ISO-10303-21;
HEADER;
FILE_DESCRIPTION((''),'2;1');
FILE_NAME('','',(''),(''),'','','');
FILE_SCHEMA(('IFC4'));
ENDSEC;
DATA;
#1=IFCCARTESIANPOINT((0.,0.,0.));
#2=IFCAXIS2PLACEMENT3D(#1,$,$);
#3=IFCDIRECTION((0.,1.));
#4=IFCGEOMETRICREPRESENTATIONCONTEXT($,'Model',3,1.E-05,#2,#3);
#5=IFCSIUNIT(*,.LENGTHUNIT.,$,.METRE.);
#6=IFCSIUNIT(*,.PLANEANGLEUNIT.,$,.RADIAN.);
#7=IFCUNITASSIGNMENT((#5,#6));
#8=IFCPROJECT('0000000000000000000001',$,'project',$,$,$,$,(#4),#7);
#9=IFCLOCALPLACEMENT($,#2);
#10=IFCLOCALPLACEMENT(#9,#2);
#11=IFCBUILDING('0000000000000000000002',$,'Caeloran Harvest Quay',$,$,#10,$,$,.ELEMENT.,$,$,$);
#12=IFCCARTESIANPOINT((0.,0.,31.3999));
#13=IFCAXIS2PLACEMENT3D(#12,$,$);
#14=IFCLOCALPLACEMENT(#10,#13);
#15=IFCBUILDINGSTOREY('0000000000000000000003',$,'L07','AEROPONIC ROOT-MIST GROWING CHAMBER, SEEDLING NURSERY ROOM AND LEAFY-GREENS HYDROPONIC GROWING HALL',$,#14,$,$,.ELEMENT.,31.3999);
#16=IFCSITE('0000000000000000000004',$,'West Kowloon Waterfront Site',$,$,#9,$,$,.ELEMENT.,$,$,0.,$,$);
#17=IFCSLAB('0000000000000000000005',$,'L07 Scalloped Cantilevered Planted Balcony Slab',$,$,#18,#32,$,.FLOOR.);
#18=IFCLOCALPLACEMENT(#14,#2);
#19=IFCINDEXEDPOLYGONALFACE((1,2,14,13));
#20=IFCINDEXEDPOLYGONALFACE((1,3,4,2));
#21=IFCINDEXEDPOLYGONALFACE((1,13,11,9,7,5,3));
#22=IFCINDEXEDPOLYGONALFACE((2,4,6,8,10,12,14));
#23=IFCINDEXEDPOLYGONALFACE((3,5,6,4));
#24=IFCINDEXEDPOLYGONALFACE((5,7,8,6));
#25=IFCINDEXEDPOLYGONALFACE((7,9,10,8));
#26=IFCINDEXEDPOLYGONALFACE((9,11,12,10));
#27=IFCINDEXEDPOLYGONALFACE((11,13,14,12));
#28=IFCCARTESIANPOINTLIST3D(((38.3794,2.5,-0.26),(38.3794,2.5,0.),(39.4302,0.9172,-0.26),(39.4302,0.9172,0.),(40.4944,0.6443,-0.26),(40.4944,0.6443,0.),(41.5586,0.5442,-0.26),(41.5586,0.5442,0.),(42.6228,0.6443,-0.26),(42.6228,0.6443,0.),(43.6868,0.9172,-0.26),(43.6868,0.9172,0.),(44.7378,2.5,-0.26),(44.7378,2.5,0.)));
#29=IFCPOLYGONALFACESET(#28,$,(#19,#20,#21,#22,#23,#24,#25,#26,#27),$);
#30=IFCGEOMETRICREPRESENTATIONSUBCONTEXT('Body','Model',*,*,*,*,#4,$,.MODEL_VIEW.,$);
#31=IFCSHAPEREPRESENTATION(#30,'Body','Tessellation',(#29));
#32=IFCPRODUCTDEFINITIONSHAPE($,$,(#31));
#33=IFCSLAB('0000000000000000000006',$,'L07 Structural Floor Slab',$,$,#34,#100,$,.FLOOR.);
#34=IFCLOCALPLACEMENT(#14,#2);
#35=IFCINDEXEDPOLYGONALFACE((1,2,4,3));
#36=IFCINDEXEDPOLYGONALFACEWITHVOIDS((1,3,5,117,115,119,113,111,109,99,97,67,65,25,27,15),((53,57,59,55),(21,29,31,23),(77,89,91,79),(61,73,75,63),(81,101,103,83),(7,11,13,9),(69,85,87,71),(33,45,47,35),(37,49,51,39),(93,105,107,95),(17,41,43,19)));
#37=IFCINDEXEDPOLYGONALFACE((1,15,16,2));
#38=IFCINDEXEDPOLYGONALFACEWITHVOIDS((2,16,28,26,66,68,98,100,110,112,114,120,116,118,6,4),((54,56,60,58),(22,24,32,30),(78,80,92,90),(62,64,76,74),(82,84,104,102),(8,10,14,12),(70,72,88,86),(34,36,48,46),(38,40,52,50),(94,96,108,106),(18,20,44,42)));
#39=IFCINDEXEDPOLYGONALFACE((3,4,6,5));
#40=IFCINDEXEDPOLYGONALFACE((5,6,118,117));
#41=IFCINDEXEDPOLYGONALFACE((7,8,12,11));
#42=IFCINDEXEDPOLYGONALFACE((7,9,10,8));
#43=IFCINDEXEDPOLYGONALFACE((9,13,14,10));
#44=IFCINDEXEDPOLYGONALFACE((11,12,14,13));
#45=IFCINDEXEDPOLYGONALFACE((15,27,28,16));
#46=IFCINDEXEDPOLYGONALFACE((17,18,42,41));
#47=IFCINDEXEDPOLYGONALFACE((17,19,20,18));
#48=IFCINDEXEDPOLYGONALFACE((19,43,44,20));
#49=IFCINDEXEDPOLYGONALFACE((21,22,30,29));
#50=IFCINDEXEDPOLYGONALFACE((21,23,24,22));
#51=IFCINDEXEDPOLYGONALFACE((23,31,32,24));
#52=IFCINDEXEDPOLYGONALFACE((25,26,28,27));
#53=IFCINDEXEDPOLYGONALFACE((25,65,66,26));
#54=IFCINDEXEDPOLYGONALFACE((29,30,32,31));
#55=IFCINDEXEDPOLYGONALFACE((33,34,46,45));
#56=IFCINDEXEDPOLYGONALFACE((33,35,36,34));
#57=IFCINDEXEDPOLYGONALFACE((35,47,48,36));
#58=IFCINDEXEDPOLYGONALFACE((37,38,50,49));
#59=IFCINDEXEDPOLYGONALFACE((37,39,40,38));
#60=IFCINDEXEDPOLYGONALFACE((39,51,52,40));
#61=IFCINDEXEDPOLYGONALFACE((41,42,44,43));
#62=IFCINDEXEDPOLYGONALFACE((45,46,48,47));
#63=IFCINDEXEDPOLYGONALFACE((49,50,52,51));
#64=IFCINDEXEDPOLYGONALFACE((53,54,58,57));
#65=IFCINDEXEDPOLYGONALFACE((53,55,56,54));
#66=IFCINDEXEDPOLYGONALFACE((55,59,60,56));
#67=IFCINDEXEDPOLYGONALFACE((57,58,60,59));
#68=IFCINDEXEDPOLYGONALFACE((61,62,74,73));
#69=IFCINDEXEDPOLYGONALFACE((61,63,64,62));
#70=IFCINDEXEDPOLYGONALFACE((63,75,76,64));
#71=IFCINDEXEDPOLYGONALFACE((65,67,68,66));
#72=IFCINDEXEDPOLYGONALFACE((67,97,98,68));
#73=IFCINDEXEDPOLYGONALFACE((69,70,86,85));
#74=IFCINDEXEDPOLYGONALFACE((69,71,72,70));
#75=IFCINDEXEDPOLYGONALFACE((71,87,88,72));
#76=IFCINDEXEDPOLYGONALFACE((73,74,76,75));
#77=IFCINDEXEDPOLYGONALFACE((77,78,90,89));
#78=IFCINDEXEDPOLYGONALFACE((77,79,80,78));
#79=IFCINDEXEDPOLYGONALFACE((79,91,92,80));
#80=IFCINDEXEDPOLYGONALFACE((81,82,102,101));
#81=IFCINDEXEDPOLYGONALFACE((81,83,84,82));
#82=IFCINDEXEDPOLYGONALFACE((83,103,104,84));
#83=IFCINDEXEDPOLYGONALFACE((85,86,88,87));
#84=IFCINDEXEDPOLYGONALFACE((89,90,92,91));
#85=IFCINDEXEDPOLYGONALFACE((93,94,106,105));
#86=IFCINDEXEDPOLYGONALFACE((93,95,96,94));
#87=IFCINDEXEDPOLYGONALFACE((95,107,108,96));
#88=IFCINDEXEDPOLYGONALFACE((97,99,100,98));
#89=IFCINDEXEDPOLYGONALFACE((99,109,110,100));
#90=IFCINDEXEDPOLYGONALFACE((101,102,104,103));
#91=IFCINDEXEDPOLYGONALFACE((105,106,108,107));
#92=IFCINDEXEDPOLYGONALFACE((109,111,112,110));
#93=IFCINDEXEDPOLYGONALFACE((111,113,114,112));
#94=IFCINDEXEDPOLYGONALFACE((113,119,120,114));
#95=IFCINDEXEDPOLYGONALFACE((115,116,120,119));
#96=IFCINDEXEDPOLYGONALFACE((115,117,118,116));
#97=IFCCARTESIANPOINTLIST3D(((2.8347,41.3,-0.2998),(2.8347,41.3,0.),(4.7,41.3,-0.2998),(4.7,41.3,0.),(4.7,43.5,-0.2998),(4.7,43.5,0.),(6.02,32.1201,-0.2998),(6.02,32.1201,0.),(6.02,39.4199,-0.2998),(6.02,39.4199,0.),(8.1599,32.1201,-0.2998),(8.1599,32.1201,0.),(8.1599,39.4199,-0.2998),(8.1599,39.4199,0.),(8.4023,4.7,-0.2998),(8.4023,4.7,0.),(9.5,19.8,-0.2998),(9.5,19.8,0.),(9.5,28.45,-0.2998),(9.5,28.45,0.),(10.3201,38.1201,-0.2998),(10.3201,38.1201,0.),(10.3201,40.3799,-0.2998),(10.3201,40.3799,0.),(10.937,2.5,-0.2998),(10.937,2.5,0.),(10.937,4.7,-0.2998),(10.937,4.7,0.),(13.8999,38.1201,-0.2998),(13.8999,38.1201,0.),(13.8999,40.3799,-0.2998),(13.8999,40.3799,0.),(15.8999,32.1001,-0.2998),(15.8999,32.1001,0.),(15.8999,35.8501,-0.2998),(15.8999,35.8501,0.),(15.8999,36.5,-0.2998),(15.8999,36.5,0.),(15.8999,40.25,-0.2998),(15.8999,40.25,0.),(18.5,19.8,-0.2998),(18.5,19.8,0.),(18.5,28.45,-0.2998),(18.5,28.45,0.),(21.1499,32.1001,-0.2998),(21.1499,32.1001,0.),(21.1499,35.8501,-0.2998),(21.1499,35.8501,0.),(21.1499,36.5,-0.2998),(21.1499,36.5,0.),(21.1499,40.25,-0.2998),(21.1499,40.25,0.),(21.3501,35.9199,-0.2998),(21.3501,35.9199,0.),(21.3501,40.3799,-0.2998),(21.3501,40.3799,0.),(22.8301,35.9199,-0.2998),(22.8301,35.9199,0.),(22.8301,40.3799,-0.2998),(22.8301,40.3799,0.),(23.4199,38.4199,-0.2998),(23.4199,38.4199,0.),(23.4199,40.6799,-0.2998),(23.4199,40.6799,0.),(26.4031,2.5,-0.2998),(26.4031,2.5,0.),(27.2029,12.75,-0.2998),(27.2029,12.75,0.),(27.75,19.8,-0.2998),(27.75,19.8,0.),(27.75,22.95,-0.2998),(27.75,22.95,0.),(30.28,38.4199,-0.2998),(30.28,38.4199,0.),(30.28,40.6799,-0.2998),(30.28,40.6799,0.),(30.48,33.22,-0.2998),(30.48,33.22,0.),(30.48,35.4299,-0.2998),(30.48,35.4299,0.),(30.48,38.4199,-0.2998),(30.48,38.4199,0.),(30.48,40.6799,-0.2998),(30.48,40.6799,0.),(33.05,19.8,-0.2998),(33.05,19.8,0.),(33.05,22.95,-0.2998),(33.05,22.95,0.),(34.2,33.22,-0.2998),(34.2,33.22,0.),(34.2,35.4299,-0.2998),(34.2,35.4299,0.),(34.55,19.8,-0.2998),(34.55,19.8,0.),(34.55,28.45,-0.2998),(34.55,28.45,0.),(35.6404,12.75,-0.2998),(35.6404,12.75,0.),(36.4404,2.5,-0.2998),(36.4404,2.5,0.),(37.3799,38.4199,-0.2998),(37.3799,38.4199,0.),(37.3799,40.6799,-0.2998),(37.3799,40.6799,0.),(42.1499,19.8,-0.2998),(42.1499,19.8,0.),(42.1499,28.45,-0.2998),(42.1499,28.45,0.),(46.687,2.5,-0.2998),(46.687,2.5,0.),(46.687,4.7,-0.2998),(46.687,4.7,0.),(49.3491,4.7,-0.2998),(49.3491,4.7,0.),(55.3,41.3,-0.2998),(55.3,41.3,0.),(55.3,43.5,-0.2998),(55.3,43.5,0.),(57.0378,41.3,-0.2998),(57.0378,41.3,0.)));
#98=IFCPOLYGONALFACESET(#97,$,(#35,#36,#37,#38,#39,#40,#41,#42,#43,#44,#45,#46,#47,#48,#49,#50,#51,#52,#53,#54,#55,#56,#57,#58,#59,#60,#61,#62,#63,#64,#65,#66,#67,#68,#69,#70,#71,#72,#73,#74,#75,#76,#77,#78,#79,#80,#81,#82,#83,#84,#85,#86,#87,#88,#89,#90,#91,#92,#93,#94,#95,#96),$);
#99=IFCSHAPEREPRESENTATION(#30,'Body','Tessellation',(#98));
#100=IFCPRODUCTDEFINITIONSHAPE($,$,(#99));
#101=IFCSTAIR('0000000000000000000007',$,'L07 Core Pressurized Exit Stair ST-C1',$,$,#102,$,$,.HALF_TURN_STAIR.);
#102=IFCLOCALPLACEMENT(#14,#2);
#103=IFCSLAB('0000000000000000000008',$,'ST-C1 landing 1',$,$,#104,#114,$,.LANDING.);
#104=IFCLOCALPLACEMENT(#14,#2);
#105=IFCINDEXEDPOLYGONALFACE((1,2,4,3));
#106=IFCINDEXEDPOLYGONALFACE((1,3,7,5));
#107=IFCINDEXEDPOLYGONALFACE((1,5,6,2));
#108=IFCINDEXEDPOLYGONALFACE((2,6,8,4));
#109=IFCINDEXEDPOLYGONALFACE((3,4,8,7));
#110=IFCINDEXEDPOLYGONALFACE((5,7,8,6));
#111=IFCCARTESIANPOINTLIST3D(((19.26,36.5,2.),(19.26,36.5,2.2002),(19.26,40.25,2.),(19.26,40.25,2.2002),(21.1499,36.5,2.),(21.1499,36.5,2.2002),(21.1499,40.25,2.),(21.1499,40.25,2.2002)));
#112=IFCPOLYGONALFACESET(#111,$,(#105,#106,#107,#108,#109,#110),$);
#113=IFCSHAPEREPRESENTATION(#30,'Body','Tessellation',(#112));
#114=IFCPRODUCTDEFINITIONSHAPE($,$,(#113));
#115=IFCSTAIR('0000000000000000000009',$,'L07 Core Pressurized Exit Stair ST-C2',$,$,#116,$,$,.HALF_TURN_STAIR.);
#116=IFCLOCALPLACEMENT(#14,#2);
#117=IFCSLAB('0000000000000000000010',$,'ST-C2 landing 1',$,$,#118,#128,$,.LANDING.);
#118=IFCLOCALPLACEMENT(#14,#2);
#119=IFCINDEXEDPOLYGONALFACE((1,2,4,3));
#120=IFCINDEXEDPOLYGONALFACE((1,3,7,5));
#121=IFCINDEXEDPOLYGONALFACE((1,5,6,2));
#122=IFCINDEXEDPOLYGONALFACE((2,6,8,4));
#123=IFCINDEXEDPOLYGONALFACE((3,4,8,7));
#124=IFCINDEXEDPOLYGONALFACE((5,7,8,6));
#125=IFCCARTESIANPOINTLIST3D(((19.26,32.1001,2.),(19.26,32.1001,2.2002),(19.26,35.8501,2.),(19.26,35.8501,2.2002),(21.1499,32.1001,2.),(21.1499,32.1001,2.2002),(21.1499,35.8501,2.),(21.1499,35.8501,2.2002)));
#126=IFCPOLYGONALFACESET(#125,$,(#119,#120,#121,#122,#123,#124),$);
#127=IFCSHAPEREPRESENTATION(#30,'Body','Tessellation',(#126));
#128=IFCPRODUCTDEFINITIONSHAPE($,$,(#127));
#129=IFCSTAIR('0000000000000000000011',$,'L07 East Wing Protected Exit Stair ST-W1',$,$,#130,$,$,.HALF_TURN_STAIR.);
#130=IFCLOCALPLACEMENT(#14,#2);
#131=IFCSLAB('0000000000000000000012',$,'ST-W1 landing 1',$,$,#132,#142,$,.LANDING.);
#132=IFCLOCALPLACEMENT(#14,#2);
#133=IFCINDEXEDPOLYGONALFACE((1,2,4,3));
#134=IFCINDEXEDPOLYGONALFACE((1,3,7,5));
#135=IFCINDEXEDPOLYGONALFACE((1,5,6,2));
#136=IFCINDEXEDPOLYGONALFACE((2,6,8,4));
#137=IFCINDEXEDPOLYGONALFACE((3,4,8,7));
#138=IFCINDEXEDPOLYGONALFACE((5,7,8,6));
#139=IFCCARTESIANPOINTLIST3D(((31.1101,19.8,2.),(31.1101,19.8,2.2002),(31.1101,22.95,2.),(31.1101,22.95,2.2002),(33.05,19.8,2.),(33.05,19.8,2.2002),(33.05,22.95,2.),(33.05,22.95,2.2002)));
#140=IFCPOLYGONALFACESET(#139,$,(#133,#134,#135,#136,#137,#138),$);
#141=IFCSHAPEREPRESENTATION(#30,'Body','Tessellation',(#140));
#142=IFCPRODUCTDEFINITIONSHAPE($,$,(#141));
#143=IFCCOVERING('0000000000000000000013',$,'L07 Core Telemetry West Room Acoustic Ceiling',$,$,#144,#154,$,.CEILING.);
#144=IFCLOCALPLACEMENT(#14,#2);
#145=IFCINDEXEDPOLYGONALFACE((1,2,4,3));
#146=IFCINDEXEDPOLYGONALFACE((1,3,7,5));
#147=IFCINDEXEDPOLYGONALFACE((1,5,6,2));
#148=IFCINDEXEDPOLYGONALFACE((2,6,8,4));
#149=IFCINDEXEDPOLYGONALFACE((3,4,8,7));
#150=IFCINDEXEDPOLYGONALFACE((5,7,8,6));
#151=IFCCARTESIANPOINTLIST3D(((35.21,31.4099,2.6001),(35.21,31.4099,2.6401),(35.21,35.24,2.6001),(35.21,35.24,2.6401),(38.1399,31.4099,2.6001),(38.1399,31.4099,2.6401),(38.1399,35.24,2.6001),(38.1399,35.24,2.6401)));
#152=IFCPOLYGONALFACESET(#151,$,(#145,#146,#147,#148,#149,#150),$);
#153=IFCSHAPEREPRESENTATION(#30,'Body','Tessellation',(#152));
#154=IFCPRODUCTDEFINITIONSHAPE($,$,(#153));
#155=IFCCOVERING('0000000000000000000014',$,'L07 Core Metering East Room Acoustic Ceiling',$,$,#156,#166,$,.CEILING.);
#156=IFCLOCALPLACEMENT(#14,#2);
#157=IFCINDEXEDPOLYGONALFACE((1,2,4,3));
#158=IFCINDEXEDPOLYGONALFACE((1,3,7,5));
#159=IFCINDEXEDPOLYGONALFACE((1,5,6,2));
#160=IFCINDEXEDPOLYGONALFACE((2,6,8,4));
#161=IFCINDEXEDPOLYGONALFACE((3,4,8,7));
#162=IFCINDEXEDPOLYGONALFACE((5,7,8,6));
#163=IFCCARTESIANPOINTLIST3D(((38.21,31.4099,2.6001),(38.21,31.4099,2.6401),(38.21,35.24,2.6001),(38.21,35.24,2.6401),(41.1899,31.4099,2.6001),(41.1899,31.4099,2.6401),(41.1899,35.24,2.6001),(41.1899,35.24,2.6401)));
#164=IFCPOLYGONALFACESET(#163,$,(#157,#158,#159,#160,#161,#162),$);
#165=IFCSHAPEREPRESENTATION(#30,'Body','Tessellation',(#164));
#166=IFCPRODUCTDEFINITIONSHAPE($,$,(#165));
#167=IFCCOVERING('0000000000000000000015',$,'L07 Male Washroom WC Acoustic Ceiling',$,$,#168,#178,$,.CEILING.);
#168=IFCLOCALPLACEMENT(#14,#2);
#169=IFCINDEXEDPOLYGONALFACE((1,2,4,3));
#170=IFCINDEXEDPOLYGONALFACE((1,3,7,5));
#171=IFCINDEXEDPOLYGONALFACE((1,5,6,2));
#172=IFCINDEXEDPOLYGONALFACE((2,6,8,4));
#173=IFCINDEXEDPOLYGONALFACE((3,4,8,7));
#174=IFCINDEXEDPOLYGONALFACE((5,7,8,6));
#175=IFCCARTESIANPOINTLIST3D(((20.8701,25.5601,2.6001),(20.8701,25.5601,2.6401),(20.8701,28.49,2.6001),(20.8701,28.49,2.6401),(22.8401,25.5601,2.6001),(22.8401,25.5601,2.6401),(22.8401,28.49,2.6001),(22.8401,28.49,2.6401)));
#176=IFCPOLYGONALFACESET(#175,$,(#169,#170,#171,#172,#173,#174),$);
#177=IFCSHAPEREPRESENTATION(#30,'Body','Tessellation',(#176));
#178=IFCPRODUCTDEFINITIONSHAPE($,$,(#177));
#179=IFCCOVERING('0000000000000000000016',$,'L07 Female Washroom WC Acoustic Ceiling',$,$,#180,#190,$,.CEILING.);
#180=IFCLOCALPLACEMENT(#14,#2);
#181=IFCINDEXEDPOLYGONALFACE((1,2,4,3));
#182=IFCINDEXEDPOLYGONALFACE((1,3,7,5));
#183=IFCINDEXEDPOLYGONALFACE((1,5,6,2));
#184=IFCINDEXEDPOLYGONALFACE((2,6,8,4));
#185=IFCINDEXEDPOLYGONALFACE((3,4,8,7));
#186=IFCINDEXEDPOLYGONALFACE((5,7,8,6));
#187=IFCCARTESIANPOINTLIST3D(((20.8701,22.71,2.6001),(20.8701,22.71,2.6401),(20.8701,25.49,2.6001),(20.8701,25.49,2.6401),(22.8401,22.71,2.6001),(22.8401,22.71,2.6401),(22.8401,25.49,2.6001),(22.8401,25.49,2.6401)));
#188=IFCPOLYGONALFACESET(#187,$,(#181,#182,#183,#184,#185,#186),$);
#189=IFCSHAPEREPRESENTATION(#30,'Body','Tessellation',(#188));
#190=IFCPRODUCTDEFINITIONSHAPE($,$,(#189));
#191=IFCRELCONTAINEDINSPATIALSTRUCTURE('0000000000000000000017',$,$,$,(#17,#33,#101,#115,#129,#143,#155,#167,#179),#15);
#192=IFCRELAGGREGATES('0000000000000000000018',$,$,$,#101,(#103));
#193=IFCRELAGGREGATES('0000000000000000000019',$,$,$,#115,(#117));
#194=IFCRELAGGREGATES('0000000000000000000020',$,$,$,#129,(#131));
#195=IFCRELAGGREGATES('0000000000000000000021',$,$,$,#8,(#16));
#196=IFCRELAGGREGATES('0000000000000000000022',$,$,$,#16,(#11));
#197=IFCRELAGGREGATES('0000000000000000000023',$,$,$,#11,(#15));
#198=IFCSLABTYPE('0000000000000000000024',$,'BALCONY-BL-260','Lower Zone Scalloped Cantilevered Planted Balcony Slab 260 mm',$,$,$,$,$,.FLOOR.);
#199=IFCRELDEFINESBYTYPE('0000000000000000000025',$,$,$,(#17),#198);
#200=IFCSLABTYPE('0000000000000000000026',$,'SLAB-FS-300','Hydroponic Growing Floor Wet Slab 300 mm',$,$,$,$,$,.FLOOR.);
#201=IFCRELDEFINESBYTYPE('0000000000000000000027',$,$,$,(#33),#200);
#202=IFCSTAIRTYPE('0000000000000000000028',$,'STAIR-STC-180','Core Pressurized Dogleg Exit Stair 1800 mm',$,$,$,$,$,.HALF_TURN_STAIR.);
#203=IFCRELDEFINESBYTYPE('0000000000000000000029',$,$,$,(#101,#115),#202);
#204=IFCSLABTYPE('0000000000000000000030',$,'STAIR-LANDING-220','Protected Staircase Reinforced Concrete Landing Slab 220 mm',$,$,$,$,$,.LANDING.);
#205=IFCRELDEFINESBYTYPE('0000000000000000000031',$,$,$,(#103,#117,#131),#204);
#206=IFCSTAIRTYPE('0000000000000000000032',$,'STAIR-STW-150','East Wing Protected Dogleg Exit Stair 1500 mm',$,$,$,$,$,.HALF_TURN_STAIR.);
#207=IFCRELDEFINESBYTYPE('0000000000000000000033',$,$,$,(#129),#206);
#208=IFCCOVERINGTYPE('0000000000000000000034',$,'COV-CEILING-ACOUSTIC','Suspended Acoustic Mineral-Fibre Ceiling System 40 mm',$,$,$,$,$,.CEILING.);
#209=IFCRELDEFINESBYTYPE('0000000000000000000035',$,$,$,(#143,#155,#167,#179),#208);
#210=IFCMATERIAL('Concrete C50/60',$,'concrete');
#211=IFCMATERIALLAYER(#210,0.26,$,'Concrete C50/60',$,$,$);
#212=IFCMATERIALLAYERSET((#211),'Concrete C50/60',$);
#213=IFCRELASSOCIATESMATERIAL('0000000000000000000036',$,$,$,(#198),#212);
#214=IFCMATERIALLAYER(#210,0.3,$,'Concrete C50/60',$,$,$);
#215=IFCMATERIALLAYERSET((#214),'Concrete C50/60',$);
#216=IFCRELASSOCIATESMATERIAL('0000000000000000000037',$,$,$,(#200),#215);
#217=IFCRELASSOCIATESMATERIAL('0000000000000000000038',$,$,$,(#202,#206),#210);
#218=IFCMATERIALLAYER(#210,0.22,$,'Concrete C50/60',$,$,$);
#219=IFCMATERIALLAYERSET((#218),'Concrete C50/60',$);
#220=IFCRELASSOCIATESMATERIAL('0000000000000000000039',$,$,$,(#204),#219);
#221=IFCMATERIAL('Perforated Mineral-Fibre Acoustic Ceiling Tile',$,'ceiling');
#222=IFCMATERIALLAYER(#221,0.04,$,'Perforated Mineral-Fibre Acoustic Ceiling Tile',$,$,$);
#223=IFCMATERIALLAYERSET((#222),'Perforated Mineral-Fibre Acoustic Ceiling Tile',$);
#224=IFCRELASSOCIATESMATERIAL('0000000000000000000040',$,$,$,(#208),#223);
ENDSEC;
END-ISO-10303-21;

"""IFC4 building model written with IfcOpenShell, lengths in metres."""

from ifc_helpers import new_model, si_unit, direction, frame, origin, place, context, subcontext, project, spatial, polyline, outline, extrude, material, layer, layer_set, type_object, element, aggregate, save


model = new_model("IFC4")

# Units and contexts
model_context = context("Model", 3, precision=1e-05, world=origin(), true_north=direction((0.0, 1.0)))
body_context = subcontext(model_context, "Body", "Model", "MODEL_VIEW")
ifc_project = project(units=[si_unit("LENGTHUNIT", "METRE"), si_unit("PLANEANGLEUNIT", "RADIAN")], contexts=[model_context])

# Site, building, storey
site_placement = place(None, origin())
site = spatial("IfcSite", under=ifc_project, at=site_placement, Name="West Kowloon Waterfront Site", CompositionType="ELEMENT", RefElevation=0.0)
building_placement = place(site_placement, origin())
building = spatial("IfcBuilding", under=site, at=building_placement, Name="Caeloran Harvest Quay", CompositionType="ELEMENT")
storey_placement = place(building_placement, frame((0.0, 0.0, 31.3999)))
storey = spatial("IfcBuildingStorey", under=building, at=storey_placement, Name="L07", Description="AEROPONIC ROOT-MIST GROWING CHAMBER, SEEDLING NURSERY ROOM AND LEAFY-GREENS HYDROPONIC GROWING HALL", CompositionType="ELEMENT", Elevation=31.3999)

# Slabs
ifc_material_1 = material(Name="Concrete C50/60", Category="concrete")
ifc_layer_1 = layer(ifc_material_1, 0.26, Name="Concrete C50/60")
ifc_layer_set_1 = layer_set([ifc_layer_1], Name="Concrete C50/60")
slab_type_1 = type_object("IfcSlabType", Name="BALCONY-BL-260", Description="Lower Zone Scalloped Cantilevered Planted Balcony Slab 260 mm", PredefinedType="FLOOR", material=ifc_layer_set_1)
slab_1_placement = place(storey_placement, frame((0.0, 0.0, -0.26)))
element("IfcSlab", 1, at=slab_1_placement, inside=storey, type_object=slab_type_1, Name="L07 Scalloped Cantilevered Planted Balcony Slab", PredefinedType="FLOOR", context=body_context, shape_type="SweptSolid", body=[
    extrude(outline(polyline([(43.6868, 0.9172), (42.6228, 0.6443), (41.5586, 0.5442), (40.4944, 0.6443), (39.4302, 0.9172), (38.3794, 2.5), (44.7378, 2.5), (43.6868, 0.9172)])), origin(), (0.0, 0.0, 1.0), 0.26),
])
ifc_layer_2 = layer(ifc_material_1, 0.3, Name="Concrete C50/60")
ifc_layer_set_2 = layer_set([ifc_layer_2], Name="Concrete C50/60")
slab_type_2 = type_object("IfcSlabType", Name="SLAB-FS-300", Description="Hydroponic Growing Floor Wet Slab 300 mm", PredefinedType="FLOOR", material=ifc_layer_set_2)
slab_2_placement = place(storey_placement, frame((0.0, 0.0, -0.2998)))
element("IfcSlab", 2, at=slab_2_placement, inside=storey, type_object=slab_type_2, Name="L07 Structural Floor Slab", PredefinedType="FLOOR", context=body_context, shape_type="SweptSolid", body=[
    extrude(outline(polyline([(10.937, 2.5), (26.4031, 2.5), (27.2029, 12.75), (35.6404, 12.75), (36.4404, 2.5), (46.687, 2.5), (46.687, 4.7), (49.3491, 4.7), (57.0378, 41.3), (55.3, 41.3), (55.3, 43.5), (4.7, 43.5), (4.7, 41.3), (2.8347, 41.3), (8.4023, 4.7), (10.937, 4.7), (10.937, 2.5)]), holes=[polyline([(18.5, 19.8), (9.5, 19.8), (9.5, 28.45), (18.5, 28.45), (18.5, 19.8)]), polyline([(15.8999, 32.1001), (15.8999, 35.8501), (21.1499, 35.8501), (21.1499, 32.1001), (15.8999, 32.1001)]), polyline([(8.1599, 32.1201), (6.02, 32.1201), (6.02, 39.4199), (8.1599, 39.4199), (8.1599, 32.1201)]), polyline([(21.3501, 35.9199), (21.3501, 40.3799), (22.8301, 40.3799), (22.8301, 35.9199), (21.3501, 35.9199)]), polyline([(15.8999, 40.25), (21.1499, 40.25), (21.1499, 36.5), (15.8999, 36.5), (15.8999, 40.25)]), polyline([(13.8999, 38.1201), (10.3201, 38.1201), (10.3201, 40.3799), (13.8999, 40.3799), (13.8999, 38.1201)]), polyline([(27.75, 22.95), (33.05, 22.95), (33.05, 19.8), (27.75, 19.8), (27.75, 22.95)]), polyline([(34.55, 19.8), (34.55, 28.45), (42.1499, 28.45), (42.1499, 19.8), (34.55, 19.8)]), polyline([(34.2, 33.22), (30.48, 33.22), (30.48, 35.4299), (34.2, 35.4299), (34.2, 33.22)]), polyline([(23.4199, 38.4199), (23.4199, 40.6799), (30.28, 40.6799), (30.28, 38.4199), (23.4199, 38.4199)]), polyline([(30.48, 38.4199), (30.48, 40.6799), (37.3799, 40.6799), (37.3799, 38.4199), (30.48, 38.4199)])]), origin(), (0.0, 0.0, 1.0), 0.2998),
])

# Stairs, slabs
stair_type_1 = type_object("IfcStairType", Name="STAIR-STC-180", Description="Core Pressurized Dogleg Exit Stair 1800 mm", PredefinedType="HALF_TURN_STAIR", material=ifc_material_1)
stair_1_placement = place(storey_placement, origin())
stair_1 = element("IfcStair", 3, at=stair_1_placement, inside=storey, type_object=stair_type_1, Name="L07 Core Pressurized Exit Stair ST-C1", PredefinedType="HALF_TURN_STAIR")
ifc_layer_3 = layer(ifc_material_1, 0.22, Name="Concrete C50/60")
ifc_layer_set_3 = layer_set([ifc_layer_3], Name="Concrete C50/60")
slab_type_3 = type_object("IfcSlabType", Name="STAIR-LANDING-220", Description="Protected Staircase Reinforced Concrete Landing Slab 220 mm", PredefinedType="LANDING", material=ifc_layer_set_3)
slab_3_placement = place(storey_placement, frame((0.0, 0.0, 2.0)))
slab_3 = element("IfcSlab", 4, at=slab_3_placement, type_object=slab_type_3, Name="ST-C1 landing 1", PredefinedType="LANDING", context=body_context, shape_type="SweptSolid", body=[
    extrude(outline(polyline([(19.26, 36.5), (21.1499, 36.5), (21.1499, 40.25), (19.26, 40.25), (19.26, 36.5)])), origin(), (0.0, 0.0, 1.0), 0.2002),
])
aggregate(stair_1, [slab_3])
stair_2_placement = place(storey_placement, origin())
stair_2 = element("IfcStair", 5, at=stair_2_placement, inside=storey, type_object=stair_type_1, Name="L07 Core Pressurized Exit Stair ST-C2", PredefinedType="HALF_TURN_STAIR")
slab_4_placement = place(storey_placement, frame((0.0, 0.0, 2.0)))
slab_4 = element("IfcSlab", 6, at=slab_4_placement, type_object=slab_type_3, Name="ST-C2 landing 1", PredefinedType="LANDING", context=body_context, shape_type="SweptSolid", body=[
    extrude(outline(polyline([(19.26, 32.1001), (21.1499, 32.1001), (21.1499, 35.8501), (19.26, 35.8501), (19.26, 32.1001)])), origin(), (0.0, 0.0, 1.0), 0.2002),
])
aggregate(stair_2, [slab_4])
stair_type_2 = type_object("IfcStairType", Name="STAIR-STW-150", Description="East Wing Protected Dogleg Exit Stair 1500 mm", PredefinedType="HALF_TURN_STAIR", material=ifc_material_1)
stair_3_placement = place(storey_placement, origin())
stair_3 = element("IfcStair", 7, at=stair_3_placement, inside=storey, type_object=stair_type_2, Name="L07 East Wing Protected Exit Stair ST-W1", PredefinedType="HALF_TURN_STAIR")
slab_5_placement = place(storey_placement, frame((0.0, 0.0, 2.0)))
slab_5 = element("IfcSlab", 8, at=slab_5_placement, type_object=slab_type_3, Name="ST-W1 landing 1", PredefinedType="LANDING", context=body_context, shape_type="SweptSolid", body=[
    extrude(outline(polyline([(31.1101, 19.8), (33.05, 19.8), (33.05, 22.95), (31.1101, 22.95), (31.1101, 19.8)])), origin(), (0.0, 0.0, 1.0), 0.2002),
])
aggregate(stair_3, [slab_5])

# Coverings
ifc_material_2 = material(Name="Perforated Mineral-Fibre Acoustic Ceiling Tile", Category="ceiling")
ifc_layer_4 = layer(ifc_material_2, 0.04, Name="Perforated Mineral-Fibre Acoustic Ceiling Tile")
ifc_layer_set_4 = layer_set([ifc_layer_4], Name="Perforated Mineral-Fibre Acoustic Ceiling Tile")
covering_type_1 = type_object("IfcCoveringType", Name="COV-CEILING-ACOUSTIC", Description="Suspended Acoustic Mineral-Fibre Ceiling System 40 mm", PredefinedType="CEILING", material=ifc_layer_set_4)
covering_1_placement = place(storey_placement, frame((0.0, 0.0, 2.6001)))
element("IfcCovering", 9, at=covering_1_placement, inside=storey, type_object=covering_type_1, Name="L07 Core Telemetry West Room Acoustic Ceiling", PredefinedType="CEILING", context=body_context, shape_type="SweptSolid", body=[
    extrude(outline(polyline([(38.1399, 35.24), (38.1399, 31.4099), (35.21, 31.4099), (35.21, 35.24), (38.1399, 35.24)])), origin(), (0.0, 0.0, 1.0), 0.04),
])
covering_2_placement = place(storey_placement, frame((0.0, 0.0, 2.6001)))
element("IfcCovering", 10, at=covering_2_placement, inside=storey, type_object=covering_type_1, Name="L07 Core Metering East Room Acoustic Ceiling", PredefinedType="CEILING", context=body_context, shape_type="SweptSolid", body=[
    extrude(outline(polyline([(41.1899, 35.24), (41.1899, 31.4099), (38.21, 31.4099), (38.21, 35.24), (41.1899, 35.24)])), origin(), (0.0, 0.0, 1.0), 0.04),
])
covering_3_placement = place(storey_placement, frame((0.0, 0.0, 2.6001)))
element("IfcCovering", 11, at=covering_3_placement, inside=storey, type_object=covering_type_1, Name="L07 Male Washroom WC Acoustic Ceiling", PredefinedType="CEILING", context=body_context, shape_type="SweptSolid", body=[
    extrude(outline(polyline([(22.8401, 25.5601), (20.8701, 25.5601), (20.8701, 28.49), (22.8401, 28.49), (22.8401, 25.5601)])), origin(), (0.0, 0.0, 1.0), 0.04),
])
covering_4_placement = place(storey_placement, frame((0.0, 0.0, 2.6001)))
element("IfcCovering", 12, at=covering_4_placement, inside=storey, type_object=covering_type_1, Name="L07 Female Washroom WC Acoustic Ceiling", PredefinedType="CEILING", context=body_context, shape_type="SweptSolid", body=[
    extrude(outline(polyline([(22.8401, 22.71), (20.8701, 22.71), (20.8701, 25.49), (22.8401, 25.49), (22.8401, 22.71)])), origin(), (0.0, 0.0, 1.0), 0.04),
])

save(model, "model.ifc")
